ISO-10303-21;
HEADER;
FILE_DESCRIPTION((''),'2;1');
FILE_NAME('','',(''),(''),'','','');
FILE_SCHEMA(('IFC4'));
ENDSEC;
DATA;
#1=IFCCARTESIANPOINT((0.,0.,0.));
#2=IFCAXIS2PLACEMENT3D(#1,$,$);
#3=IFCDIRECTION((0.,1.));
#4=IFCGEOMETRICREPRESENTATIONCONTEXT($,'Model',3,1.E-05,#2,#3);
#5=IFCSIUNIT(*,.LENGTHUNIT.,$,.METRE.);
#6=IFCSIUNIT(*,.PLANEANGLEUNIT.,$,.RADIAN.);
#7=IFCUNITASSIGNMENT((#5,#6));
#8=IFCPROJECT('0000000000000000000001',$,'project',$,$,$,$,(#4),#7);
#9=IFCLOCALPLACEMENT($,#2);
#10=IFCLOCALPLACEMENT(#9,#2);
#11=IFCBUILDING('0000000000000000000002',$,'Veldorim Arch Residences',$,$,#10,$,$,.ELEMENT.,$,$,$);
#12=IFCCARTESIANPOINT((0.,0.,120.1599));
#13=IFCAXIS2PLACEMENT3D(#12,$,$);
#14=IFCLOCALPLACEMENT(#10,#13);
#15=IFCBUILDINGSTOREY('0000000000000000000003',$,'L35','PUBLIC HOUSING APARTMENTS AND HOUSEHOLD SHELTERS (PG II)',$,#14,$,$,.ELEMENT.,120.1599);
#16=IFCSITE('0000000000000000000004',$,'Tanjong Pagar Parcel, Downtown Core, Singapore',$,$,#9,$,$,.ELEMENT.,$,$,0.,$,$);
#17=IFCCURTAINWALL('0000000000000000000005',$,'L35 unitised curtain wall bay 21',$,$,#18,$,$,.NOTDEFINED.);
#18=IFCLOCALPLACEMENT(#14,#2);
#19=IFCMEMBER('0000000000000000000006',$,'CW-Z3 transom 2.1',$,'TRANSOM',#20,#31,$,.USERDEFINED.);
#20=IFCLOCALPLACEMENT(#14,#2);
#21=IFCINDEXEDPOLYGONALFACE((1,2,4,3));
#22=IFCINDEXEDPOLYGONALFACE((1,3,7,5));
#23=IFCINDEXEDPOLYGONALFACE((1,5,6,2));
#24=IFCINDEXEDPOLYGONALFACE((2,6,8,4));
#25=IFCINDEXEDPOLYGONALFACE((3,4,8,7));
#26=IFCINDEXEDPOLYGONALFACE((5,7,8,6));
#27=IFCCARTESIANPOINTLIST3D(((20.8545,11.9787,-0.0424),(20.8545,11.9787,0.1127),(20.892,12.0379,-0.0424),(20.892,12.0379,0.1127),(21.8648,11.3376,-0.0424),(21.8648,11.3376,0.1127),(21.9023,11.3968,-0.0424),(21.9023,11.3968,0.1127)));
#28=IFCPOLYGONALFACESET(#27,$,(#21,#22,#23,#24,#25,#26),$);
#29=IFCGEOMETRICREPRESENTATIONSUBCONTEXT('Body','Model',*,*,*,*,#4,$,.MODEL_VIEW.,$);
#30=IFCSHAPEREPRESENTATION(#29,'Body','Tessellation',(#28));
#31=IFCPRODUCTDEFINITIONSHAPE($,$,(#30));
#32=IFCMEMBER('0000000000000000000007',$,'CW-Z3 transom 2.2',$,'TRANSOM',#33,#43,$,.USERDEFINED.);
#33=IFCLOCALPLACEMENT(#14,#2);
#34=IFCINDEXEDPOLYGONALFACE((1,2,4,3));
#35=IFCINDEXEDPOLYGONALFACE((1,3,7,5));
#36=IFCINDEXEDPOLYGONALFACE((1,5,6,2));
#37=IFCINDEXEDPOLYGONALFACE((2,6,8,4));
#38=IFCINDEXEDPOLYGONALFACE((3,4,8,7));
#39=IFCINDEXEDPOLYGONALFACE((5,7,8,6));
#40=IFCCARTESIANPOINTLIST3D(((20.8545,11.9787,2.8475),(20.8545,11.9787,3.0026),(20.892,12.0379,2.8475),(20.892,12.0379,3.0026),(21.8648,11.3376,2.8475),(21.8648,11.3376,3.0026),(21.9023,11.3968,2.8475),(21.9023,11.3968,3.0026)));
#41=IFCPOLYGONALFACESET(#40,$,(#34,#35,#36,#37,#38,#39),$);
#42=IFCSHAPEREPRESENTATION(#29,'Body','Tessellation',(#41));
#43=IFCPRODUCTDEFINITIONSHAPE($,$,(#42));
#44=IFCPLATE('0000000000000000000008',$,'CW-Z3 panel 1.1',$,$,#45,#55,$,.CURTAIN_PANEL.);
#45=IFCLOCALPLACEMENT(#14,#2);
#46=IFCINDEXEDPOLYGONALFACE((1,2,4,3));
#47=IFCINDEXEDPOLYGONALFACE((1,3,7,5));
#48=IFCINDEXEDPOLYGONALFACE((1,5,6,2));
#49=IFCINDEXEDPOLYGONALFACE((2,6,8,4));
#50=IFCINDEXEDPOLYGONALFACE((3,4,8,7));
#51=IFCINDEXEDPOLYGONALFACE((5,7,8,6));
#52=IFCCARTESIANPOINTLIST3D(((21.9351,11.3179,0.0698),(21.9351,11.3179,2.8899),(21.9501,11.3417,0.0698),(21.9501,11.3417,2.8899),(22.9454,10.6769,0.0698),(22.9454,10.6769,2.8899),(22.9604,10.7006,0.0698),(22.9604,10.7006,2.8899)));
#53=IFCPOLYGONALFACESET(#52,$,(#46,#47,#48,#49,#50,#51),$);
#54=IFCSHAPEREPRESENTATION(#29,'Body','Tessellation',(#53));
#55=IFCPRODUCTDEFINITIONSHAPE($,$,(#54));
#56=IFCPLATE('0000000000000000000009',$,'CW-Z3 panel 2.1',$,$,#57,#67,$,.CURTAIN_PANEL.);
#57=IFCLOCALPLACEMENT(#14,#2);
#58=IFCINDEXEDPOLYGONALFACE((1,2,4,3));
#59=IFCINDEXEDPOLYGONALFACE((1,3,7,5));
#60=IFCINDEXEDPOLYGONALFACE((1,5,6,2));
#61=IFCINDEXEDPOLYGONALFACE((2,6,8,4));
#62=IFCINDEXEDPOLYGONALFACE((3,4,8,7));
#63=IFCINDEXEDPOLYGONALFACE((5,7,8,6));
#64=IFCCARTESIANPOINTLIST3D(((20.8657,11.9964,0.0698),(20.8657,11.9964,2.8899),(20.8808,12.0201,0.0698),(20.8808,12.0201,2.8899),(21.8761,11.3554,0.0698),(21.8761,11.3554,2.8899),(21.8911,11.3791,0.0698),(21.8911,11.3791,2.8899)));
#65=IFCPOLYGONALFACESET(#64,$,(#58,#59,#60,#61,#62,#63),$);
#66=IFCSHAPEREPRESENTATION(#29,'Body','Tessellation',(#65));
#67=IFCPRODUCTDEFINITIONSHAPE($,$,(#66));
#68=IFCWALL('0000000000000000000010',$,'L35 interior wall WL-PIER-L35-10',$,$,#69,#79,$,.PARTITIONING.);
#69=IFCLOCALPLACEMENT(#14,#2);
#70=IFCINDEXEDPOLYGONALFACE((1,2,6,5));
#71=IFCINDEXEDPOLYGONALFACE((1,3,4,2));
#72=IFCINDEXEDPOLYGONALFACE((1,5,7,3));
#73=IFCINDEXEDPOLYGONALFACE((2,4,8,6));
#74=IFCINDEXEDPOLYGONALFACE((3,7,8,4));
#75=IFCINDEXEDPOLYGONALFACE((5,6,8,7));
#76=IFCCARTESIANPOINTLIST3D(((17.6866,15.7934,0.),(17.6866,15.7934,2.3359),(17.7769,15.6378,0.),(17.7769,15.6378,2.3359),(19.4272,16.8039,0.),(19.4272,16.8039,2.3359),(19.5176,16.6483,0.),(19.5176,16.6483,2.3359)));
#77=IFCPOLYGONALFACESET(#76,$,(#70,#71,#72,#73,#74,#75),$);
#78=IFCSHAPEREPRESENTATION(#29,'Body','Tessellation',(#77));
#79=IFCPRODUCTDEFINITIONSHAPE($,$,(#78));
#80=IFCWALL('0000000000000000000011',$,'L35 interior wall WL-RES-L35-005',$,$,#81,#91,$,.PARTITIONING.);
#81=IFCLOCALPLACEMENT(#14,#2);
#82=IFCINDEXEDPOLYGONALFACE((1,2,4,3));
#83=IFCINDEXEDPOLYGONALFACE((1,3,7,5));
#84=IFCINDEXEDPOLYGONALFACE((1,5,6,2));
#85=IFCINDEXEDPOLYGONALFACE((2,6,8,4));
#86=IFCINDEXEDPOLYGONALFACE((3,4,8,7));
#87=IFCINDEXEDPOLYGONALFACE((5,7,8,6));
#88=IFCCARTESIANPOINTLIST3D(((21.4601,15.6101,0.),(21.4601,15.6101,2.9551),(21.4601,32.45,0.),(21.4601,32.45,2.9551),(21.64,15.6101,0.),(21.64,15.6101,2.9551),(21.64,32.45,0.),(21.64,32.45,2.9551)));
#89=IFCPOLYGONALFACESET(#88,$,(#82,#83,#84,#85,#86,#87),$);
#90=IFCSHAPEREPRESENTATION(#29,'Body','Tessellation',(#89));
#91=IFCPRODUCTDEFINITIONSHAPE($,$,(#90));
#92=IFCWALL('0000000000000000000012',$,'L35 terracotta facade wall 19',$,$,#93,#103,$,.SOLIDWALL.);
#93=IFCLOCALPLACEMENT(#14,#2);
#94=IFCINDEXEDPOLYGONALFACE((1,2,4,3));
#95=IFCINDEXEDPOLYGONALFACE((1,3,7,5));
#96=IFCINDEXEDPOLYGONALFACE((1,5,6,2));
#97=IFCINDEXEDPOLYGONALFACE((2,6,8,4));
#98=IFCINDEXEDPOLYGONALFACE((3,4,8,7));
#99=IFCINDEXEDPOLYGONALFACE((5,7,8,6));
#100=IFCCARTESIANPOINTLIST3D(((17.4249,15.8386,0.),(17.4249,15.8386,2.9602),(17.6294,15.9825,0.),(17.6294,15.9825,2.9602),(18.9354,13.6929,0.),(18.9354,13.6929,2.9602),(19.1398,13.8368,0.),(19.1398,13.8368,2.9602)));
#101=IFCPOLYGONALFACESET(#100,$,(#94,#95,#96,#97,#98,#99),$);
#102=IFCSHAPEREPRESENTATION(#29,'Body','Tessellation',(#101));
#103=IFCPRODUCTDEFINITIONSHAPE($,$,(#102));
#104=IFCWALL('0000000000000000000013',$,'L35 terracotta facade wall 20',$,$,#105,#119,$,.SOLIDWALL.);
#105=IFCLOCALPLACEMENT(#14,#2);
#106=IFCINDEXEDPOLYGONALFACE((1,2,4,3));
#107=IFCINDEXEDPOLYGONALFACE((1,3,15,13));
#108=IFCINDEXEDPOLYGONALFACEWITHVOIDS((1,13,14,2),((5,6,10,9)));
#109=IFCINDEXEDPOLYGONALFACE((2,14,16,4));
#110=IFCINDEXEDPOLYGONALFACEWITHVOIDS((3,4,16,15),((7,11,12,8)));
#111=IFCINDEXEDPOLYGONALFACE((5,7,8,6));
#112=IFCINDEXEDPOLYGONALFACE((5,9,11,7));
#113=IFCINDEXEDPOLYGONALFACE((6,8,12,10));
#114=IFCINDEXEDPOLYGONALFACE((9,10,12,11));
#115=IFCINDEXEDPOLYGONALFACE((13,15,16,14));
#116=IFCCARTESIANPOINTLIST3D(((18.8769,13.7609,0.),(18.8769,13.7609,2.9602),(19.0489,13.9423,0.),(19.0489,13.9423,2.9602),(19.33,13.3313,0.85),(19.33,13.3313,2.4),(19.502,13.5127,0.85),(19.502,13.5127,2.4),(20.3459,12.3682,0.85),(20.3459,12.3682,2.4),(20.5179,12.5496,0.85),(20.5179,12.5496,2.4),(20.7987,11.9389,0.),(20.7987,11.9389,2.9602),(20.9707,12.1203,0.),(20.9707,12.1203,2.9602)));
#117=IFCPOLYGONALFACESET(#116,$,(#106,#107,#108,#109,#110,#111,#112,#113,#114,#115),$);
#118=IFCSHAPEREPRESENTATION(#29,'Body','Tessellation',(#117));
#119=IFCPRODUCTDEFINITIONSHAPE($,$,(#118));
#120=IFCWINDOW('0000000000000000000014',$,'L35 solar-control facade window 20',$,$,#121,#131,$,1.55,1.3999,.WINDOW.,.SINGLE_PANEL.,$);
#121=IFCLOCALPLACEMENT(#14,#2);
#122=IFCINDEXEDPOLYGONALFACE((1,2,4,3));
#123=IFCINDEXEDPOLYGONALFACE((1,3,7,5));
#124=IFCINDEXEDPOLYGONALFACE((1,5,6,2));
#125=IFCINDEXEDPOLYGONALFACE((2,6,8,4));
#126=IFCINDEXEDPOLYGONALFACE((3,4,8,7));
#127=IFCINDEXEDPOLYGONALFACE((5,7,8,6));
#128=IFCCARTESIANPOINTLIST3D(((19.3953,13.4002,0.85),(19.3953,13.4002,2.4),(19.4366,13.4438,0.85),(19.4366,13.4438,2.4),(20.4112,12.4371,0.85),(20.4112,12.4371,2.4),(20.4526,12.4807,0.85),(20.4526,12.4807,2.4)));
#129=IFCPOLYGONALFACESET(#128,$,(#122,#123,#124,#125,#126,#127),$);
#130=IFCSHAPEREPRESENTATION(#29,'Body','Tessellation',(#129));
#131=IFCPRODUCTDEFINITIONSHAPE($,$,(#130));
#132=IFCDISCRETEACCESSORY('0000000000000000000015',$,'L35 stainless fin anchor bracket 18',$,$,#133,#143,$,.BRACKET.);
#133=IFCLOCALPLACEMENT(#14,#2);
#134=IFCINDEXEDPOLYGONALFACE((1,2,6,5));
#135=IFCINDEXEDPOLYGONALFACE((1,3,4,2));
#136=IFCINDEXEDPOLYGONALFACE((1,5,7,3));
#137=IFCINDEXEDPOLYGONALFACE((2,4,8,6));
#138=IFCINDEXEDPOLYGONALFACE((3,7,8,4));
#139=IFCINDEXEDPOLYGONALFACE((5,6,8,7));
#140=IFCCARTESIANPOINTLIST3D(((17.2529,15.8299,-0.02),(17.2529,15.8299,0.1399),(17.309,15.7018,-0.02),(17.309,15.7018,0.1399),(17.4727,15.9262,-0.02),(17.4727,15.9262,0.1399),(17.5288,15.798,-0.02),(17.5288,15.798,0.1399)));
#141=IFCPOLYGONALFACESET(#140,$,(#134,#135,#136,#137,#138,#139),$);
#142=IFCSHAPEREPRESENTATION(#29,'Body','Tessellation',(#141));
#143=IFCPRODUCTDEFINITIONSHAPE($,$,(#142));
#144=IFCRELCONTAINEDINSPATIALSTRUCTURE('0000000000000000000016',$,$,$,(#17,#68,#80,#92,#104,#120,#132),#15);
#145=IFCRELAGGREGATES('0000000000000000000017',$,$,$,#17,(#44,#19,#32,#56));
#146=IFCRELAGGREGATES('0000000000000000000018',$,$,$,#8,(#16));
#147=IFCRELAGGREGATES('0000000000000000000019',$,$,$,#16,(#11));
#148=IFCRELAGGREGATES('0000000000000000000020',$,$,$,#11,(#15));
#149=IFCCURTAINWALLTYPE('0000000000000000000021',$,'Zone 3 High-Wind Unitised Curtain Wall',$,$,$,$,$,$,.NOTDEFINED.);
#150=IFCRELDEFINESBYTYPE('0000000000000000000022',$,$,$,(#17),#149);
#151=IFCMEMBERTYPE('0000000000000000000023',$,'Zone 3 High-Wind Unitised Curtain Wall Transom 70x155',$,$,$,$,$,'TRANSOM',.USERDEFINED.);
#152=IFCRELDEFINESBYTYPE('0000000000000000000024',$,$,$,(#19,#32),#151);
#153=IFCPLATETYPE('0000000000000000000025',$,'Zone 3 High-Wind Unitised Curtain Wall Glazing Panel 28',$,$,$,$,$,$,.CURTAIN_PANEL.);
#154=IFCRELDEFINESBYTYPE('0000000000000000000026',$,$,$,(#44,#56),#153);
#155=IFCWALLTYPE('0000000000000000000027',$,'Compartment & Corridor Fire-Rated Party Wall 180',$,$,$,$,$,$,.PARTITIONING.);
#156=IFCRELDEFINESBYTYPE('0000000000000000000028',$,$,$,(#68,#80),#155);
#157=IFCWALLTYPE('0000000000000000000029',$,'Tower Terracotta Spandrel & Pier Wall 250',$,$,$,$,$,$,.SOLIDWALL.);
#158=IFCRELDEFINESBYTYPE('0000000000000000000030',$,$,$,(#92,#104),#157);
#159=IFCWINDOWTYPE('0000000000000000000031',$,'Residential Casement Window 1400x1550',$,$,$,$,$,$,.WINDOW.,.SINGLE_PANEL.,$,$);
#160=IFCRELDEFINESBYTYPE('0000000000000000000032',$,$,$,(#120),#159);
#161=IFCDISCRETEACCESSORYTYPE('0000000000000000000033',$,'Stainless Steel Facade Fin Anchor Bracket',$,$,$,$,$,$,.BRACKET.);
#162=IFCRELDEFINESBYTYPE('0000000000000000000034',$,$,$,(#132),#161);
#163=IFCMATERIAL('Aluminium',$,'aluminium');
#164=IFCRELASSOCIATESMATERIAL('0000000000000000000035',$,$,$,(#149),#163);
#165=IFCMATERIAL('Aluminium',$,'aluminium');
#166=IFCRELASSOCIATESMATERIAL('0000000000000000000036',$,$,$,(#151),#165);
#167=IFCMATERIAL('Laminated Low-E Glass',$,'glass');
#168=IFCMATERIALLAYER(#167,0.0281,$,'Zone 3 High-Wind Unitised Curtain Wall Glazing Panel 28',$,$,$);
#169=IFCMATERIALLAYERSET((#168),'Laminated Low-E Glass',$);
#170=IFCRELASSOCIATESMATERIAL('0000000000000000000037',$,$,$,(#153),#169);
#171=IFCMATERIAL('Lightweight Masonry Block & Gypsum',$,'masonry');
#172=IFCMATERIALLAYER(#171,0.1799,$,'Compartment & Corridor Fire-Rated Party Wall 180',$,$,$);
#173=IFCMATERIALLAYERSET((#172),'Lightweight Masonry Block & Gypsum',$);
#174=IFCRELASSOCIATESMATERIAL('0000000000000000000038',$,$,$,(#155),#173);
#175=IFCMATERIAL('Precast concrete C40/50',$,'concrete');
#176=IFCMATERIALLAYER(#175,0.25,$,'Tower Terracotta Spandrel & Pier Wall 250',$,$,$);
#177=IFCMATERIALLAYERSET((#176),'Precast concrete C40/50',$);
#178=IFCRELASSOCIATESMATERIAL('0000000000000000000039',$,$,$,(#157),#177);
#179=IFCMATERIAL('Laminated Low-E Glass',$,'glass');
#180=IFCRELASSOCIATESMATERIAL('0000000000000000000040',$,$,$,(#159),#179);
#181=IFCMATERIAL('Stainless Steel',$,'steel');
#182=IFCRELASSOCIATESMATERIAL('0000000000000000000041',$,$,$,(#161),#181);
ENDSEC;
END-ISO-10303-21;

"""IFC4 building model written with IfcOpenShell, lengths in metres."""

from ifc_helpers import new_model, si_unit, direction, frame, frame_2d, origin, origin_2d, place, context, subcontext, project, spatial, rectangle, extrude, material, layer, layer_set, material_profile, profile_set, type_object, element, fill, aggregate, save


model = new_model("IFC4")

# Units and contexts
model_context = context("Model", 3, precision=1e-05, world=origin(), true_north=direction((0.0, 1.0)))
body_context = subcontext(model_context, "Body", "Model", "MODEL_VIEW")
ifc_project = project(units=[si_unit("LENGTHUNIT", "METRE"), si_unit("PLANEANGLEUNIT", "RADIAN")], contexts=[model_context])

# Site, building, storey
site_placement = place(None, origin())
site = spatial("IfcSite", under=ifc_project, at=site_placement, Name="Tanjong Pagar Parcel, Downtown Core, Singapore", CompositionType="ELEMENT", RefElevation=0.0)
building_placement = place(site_placement, origin())
building = spatial("IfcBuilding", under=site, at=building_placement, Name="Veldorim Arch Residences", CompositionType="ELEMENT")
storey_placement = place(building_placement, frame((0.0, 0.0, 120.1599)))
storey = spatial("IfcBuildingStorey", under=building, at=storey_placement, Name="L35", Description="PUBLIC HOUSING APARTMENTS AND HOUSEHOLD SHELTERS (PG II)", CompositionType="ELEMENT", Elevation=120.1599)

# Shared definitions
ifc_material_1 = material(Name="Aluminium", Category="aluminium")
curtain_wall_type = type_object("IfcCurtainWallType", Name="Zone 3 High-Wind Unitised Curtain Wall", PredefinedType="NOTDEFINED", material=ifc_material_1)

# Curtain wall
curtain_wall_1_placement = place(storey_placement, origin())
curtain_wall_1 = element("IfcCurtainWall", 1, at=curtain_wall_1_placement, inside=storey, type_object=curtain_wall_type, Name="L35 unitised curtain wall bay 21", PredefinedType="NOTDEFINED")

# Members
ifc_material_2 = material(Name="Aluminium", Category="aluminium")
ifc_material_profile_1 = material_profile(ifc_material_2, rectangle(XDim=0.0701, YDim=0.155, at=origin_2d()), Name="ALU_TRN_70x155")
ifc_profile_set_1 = profile_set([ifc_material_profile_1], Name="Aluminium")
member_type_1 = type_object("IfcMemberType", Name="Zone 3 High-Wind Unitised Curtain Wall Transom 70x155", ElementType="TRANSOM", PredefinedType="USERDEFINED", material=ifc_profile_set_1)
member_1_placement = place(storey_placement, frame((21.8835, 11.3672, 0.0352), z_axis=(-0.844333, 0.535819, 0.0), x_axis=(-0.535819, -0.844333, 0.0)))
member_1 = element("IfcMember", 2, at=member_1_placement, type_object=member_type_1, Name="CW-Z3 transom 2.1", ObjectType="TRANSOM", PredefinedType="USERDEFINED", context=body_context, shape_type="SweptSolid", body=[
    extrude(rectangle(XDim=0.0701, YDim=0.155, at=origin_2d()), origin(), (0.0, 0.0, 1.0), 1.1965),
])
member_2_placement = place(storey_placement, frame((21.8835, 11.3672, 2.925), z_axis=(-0.844333, 0.535819, 0.0), x_axis=(-0.535819, -0.844333, 0.0)))
member_2 = element("IfcMember", 3, at=member_2_placement, type_object=member_type_1, Name="CW-Z3 transom 2.2", ObjectType="TRANSOM", PredefinedType="USERDEFINED", context=body_context, shape_type="SweptSolid", body=[
    extrude(rectangle(XDim=0.0701, YDim=0.155, at=origin_2d()), origin(), (0.0, 0.0, 1.0), 1.1965),
])

# Plates
ifc_material_3 = material(Name="Laminated Low-E Glass", Category="glass")
ifc_layer_1 = layer(ifc_material_3, 0.0281, Name="Zone 3 High-Wind Unitised Curtain Wall Glazing Panel 28")
ifc_layer_set_1 = layer_set([ifc_layer_1], Name="Laminated Low-E Glass")
plate_type = type_object("IfcPlateType", Name="Zone 3 High-Wind Unitised Curtain Wall Glazing Panel 28", PredefinedType="CURTAIN_PANEL", material=ifc_layer_set_1)
plate_1_placement = place(storey_placement, frame((22.4478, 11.0093, 0.0698), z_axis=(0.0, 0.0, 1.0), x_axis=(-0.844374, 0.535754, 0.0)))
plate_1 = element("IfcPlate", 4, at=plate_1_placement, type_object=plate_type, Name="CW-Z3 panel 1.1", PredefinedType="CURTAIN_PANEL", context=body_context, shape_type="SweptSolid", body=[
    extrude(rectangle(XDim=1.1965, YDim=0.0281, at=origin_2d()), origin(), (0.0, 0.0, 1.0), 2.8201),
])
plate_2_placement = place(storey_placement, frame((21.3784, 11.6877, 0.0698), z_axis=(0.0, 0.0, 1.0), x_axis=(-0.844374, 0.535754, 0.0)))
plate_2 = element("IfcPlate", 5, at=plate_2_placement, type_object=plate_type, Name="CW-Z3 panel 2.1", PredefinedType="CURTAIN_PANEL", context=body_context, shape_type="SweptSolid", body=[
    extrude(rectangle(XDim=1.1965, YDim=0.0281, at=origin_2d()), origin(), (0.0, 0.0, 1.0), 2.8201),
])
aggregate(curtain_wall_1, [plate_1, member_1, member_2, plate_2])

# Walls
ifc_material_4 = material(Name="Lightweight Masonry Block & Gypsum", Category="masonry")
ifc_layer_2 = layer(ifc_material_4, 0.1799, Name="Compartment & Corridor Fire-Rated Party Wall 180")
ifc_layer_set_2 = layer_set([ifc_layer_2], Name="Lightweight Masonry Block & Gypsum")
wall_type_1 = type_object("IfcWallType", Name="Compartment & Corridor Fire-Rated Party Wall 180", PredefinedType="PARTITIONING", material=ifc_layer_set_2)
wall_1_placement = place(storey_placement, frame((19.4724, 16.7261, 0.0), z_axis=(0.0, 0.0, 1.0), x_axis=(-0.864842, -0.502045, 0.0)))
element("IfcWall", 6, at=wall_1_placement, inside=storey, type_object=wall_type_1, Name="L35 interior wall WL-PIER-L35-10", PredefinedType="PARTITIONING", context=body_context, shape_type="SweptSolid", body=[
    extrude(rectangle(XDim=2.0127, YDim=0.1799, at=frame_2d((1.0063, 0.0))), origin(), (0.0, 0.0, 1.0), 2.3359),
])
wall_2_placement = place(storey_placement, frame((21.55, 15.6101, 0.0), z_axis=(0.0, 0.0, 1.0), x_axis=(0.0, 1.0, 0.0)))
element("IfcWall", 7, at=wall_2_placement, inside=storey, type_object=wall_type_1, Name="L35 interior wall WL-RES-L35-005", PredefinedType="PARTITIONING", context=body_context, shape_type="SweptSolid", body=[
    extrude(rectangle(XDim=16.8398, YDim=0.1799, at=frame_2d((8.4199, 0.0))), origin(), (0.0, 0.0, 1.0), 2.9551),
])
ifc_material_5 = material(Name="Precast concrete C40/50", Category="concrete")
ifc_layer_3 = layer(ifc_material_5, 0.25, Name="Tower Terracotta Spandrel & Pier Wall 250")
ifc_layer_set_3 = layer_set([ifc_layer_3], Name="Precast concrete C40/50")
wall_type_2 = type_object("IfcWallType", Name="Tower Terracotta Spandrel & Pier Wall 250", PredefinedType="SOLIDWALL", material=ifc_layer_set_3)
wall_3_placement = place(storey_placement, frame((19.0376, 13.7649, 0.0), z_axis=(0.0, 0.0, 1.0), x_axis=(-0.575627, 0.817712, 0.0)))
element("IfcWall", 8, at=wall_3_placement, inside=storey, type_object=wall_type_2, Name="L35 terracotta facade wall 19", PredefinedType="SOLIDWALL", context=body_context, shape_type="SweptSolid", body=[
    extrude(rectangle(XDim=2.624, YDim=0.25, at=frame_2d((1.312, 0.0))), origin(), (0.0, 0.0, 1.0), 2.9602),
])

# Wall, opening, window
wall_4_placement = place(storey_placement, frame((20.8848, 12.0295, 0.0), z_axis=(0.0, 0.0, 1.0), x_axis=(-0.725708, 0.688003, 0.0)))
wall_4 = element("IfcWall", 9, at=wall_4_placement, inside=storey, type_object=wall_type_2, Name="L35 terracotta facade wall 20", PredefinedType="SOLIDWALL", context=body_context, shape_type="SweptSolid", body=[
    extrude(rectangle(XDim=2.6482, YDim=0.25, at=frame_2d((1.3242, 0.0))), origin(), (0.0, 0.0, 1.0), 2.9602),
])
opening_placement = place(wall_4_placement, frame((0.624, 0.0, 0.8501)))
opening = element("IfcOpeningElement", 10, at=opening_placement, cuts=wall_4, PredefinedType="OPENING", context=body_context, shape_type="SweptSolid", body=[
    extrude(rectangle(XDim=1.3999, YDim=1.55, at=frame_2d((0.7, 0.7749))), frame((0.0, 0.135, 0.0), z_axis=(0.0, -1.0, 0.0), x_axis=(1.0, 0.0, 0.0)), (0.0, 0.0, 1.0), 0.27),
])
ifc_material_6 = material(Name="Laminated Low-E Glass", Category="glass")
window_type = type_object("IfcWindowType", Name="Residential Casement Window 1400x1550", PartitioningType="SINGLE_PANEL", PredefinedType="WINDOW", material=ifc_material_6)
window_placement = place(opening_placement, origin())
window = element("IfcWindow", 11, at=window_placement, inside=storey, type_object=window_type, Name="L35 solar-control facade window 20", OverallHeight=1.55, OverallWidth=1.3999, PartitioningType="SINGLE_PANEL", PredefinedType="WINDOW", context=body_context, shape_type="SweptSolid", body=[
    extrude(rectangle(XDim=1.3999, YDim=1.55, at=frame_2d((0.7, 0.7749))), frame((0.0, 0.03, 0.0), z_axis=(0.0, -1.0, 0.0), x_axis=(1.0, 0.0, 0.0)), (0.0, 0.0, 1.0), 0.0601),
])
fill(opening, window)

# Discrete accessory
ifc_material_7 = material(Name="Stainless Steel", Category="steel")
discrete_accessory_type = type_object("IfcDiscreteAccessoryType", Name="Stainless Steel Facade Fin Anchor Bracket", PredefinedType="BRACKET", material=ifc_material_7)
discrete_accessory_placement = place(storey_placement, frame((17.3909, 15.814, -0.02), z_axis=(0.0, 0.0, 1.0), x_axis=(-0.401149, 0.916013, 0.0)))
element("IfcDiscreteAccessory", 12, at=discrete_accessory_placement, inside=storey, type_object=discrete_accessory_type, Name="L35 stainless fin anchor bracket 18", PredefinedType="BRACKET", context=body_context, shape_type="SweptSolid", body=[
    extrude(rectangle(XDim=0.1399, YDim=0.24, at=origin_2d()), origin(), (0.0, 0.0, 1.0), 0.1599),
])

save(model, "model.ifc")
